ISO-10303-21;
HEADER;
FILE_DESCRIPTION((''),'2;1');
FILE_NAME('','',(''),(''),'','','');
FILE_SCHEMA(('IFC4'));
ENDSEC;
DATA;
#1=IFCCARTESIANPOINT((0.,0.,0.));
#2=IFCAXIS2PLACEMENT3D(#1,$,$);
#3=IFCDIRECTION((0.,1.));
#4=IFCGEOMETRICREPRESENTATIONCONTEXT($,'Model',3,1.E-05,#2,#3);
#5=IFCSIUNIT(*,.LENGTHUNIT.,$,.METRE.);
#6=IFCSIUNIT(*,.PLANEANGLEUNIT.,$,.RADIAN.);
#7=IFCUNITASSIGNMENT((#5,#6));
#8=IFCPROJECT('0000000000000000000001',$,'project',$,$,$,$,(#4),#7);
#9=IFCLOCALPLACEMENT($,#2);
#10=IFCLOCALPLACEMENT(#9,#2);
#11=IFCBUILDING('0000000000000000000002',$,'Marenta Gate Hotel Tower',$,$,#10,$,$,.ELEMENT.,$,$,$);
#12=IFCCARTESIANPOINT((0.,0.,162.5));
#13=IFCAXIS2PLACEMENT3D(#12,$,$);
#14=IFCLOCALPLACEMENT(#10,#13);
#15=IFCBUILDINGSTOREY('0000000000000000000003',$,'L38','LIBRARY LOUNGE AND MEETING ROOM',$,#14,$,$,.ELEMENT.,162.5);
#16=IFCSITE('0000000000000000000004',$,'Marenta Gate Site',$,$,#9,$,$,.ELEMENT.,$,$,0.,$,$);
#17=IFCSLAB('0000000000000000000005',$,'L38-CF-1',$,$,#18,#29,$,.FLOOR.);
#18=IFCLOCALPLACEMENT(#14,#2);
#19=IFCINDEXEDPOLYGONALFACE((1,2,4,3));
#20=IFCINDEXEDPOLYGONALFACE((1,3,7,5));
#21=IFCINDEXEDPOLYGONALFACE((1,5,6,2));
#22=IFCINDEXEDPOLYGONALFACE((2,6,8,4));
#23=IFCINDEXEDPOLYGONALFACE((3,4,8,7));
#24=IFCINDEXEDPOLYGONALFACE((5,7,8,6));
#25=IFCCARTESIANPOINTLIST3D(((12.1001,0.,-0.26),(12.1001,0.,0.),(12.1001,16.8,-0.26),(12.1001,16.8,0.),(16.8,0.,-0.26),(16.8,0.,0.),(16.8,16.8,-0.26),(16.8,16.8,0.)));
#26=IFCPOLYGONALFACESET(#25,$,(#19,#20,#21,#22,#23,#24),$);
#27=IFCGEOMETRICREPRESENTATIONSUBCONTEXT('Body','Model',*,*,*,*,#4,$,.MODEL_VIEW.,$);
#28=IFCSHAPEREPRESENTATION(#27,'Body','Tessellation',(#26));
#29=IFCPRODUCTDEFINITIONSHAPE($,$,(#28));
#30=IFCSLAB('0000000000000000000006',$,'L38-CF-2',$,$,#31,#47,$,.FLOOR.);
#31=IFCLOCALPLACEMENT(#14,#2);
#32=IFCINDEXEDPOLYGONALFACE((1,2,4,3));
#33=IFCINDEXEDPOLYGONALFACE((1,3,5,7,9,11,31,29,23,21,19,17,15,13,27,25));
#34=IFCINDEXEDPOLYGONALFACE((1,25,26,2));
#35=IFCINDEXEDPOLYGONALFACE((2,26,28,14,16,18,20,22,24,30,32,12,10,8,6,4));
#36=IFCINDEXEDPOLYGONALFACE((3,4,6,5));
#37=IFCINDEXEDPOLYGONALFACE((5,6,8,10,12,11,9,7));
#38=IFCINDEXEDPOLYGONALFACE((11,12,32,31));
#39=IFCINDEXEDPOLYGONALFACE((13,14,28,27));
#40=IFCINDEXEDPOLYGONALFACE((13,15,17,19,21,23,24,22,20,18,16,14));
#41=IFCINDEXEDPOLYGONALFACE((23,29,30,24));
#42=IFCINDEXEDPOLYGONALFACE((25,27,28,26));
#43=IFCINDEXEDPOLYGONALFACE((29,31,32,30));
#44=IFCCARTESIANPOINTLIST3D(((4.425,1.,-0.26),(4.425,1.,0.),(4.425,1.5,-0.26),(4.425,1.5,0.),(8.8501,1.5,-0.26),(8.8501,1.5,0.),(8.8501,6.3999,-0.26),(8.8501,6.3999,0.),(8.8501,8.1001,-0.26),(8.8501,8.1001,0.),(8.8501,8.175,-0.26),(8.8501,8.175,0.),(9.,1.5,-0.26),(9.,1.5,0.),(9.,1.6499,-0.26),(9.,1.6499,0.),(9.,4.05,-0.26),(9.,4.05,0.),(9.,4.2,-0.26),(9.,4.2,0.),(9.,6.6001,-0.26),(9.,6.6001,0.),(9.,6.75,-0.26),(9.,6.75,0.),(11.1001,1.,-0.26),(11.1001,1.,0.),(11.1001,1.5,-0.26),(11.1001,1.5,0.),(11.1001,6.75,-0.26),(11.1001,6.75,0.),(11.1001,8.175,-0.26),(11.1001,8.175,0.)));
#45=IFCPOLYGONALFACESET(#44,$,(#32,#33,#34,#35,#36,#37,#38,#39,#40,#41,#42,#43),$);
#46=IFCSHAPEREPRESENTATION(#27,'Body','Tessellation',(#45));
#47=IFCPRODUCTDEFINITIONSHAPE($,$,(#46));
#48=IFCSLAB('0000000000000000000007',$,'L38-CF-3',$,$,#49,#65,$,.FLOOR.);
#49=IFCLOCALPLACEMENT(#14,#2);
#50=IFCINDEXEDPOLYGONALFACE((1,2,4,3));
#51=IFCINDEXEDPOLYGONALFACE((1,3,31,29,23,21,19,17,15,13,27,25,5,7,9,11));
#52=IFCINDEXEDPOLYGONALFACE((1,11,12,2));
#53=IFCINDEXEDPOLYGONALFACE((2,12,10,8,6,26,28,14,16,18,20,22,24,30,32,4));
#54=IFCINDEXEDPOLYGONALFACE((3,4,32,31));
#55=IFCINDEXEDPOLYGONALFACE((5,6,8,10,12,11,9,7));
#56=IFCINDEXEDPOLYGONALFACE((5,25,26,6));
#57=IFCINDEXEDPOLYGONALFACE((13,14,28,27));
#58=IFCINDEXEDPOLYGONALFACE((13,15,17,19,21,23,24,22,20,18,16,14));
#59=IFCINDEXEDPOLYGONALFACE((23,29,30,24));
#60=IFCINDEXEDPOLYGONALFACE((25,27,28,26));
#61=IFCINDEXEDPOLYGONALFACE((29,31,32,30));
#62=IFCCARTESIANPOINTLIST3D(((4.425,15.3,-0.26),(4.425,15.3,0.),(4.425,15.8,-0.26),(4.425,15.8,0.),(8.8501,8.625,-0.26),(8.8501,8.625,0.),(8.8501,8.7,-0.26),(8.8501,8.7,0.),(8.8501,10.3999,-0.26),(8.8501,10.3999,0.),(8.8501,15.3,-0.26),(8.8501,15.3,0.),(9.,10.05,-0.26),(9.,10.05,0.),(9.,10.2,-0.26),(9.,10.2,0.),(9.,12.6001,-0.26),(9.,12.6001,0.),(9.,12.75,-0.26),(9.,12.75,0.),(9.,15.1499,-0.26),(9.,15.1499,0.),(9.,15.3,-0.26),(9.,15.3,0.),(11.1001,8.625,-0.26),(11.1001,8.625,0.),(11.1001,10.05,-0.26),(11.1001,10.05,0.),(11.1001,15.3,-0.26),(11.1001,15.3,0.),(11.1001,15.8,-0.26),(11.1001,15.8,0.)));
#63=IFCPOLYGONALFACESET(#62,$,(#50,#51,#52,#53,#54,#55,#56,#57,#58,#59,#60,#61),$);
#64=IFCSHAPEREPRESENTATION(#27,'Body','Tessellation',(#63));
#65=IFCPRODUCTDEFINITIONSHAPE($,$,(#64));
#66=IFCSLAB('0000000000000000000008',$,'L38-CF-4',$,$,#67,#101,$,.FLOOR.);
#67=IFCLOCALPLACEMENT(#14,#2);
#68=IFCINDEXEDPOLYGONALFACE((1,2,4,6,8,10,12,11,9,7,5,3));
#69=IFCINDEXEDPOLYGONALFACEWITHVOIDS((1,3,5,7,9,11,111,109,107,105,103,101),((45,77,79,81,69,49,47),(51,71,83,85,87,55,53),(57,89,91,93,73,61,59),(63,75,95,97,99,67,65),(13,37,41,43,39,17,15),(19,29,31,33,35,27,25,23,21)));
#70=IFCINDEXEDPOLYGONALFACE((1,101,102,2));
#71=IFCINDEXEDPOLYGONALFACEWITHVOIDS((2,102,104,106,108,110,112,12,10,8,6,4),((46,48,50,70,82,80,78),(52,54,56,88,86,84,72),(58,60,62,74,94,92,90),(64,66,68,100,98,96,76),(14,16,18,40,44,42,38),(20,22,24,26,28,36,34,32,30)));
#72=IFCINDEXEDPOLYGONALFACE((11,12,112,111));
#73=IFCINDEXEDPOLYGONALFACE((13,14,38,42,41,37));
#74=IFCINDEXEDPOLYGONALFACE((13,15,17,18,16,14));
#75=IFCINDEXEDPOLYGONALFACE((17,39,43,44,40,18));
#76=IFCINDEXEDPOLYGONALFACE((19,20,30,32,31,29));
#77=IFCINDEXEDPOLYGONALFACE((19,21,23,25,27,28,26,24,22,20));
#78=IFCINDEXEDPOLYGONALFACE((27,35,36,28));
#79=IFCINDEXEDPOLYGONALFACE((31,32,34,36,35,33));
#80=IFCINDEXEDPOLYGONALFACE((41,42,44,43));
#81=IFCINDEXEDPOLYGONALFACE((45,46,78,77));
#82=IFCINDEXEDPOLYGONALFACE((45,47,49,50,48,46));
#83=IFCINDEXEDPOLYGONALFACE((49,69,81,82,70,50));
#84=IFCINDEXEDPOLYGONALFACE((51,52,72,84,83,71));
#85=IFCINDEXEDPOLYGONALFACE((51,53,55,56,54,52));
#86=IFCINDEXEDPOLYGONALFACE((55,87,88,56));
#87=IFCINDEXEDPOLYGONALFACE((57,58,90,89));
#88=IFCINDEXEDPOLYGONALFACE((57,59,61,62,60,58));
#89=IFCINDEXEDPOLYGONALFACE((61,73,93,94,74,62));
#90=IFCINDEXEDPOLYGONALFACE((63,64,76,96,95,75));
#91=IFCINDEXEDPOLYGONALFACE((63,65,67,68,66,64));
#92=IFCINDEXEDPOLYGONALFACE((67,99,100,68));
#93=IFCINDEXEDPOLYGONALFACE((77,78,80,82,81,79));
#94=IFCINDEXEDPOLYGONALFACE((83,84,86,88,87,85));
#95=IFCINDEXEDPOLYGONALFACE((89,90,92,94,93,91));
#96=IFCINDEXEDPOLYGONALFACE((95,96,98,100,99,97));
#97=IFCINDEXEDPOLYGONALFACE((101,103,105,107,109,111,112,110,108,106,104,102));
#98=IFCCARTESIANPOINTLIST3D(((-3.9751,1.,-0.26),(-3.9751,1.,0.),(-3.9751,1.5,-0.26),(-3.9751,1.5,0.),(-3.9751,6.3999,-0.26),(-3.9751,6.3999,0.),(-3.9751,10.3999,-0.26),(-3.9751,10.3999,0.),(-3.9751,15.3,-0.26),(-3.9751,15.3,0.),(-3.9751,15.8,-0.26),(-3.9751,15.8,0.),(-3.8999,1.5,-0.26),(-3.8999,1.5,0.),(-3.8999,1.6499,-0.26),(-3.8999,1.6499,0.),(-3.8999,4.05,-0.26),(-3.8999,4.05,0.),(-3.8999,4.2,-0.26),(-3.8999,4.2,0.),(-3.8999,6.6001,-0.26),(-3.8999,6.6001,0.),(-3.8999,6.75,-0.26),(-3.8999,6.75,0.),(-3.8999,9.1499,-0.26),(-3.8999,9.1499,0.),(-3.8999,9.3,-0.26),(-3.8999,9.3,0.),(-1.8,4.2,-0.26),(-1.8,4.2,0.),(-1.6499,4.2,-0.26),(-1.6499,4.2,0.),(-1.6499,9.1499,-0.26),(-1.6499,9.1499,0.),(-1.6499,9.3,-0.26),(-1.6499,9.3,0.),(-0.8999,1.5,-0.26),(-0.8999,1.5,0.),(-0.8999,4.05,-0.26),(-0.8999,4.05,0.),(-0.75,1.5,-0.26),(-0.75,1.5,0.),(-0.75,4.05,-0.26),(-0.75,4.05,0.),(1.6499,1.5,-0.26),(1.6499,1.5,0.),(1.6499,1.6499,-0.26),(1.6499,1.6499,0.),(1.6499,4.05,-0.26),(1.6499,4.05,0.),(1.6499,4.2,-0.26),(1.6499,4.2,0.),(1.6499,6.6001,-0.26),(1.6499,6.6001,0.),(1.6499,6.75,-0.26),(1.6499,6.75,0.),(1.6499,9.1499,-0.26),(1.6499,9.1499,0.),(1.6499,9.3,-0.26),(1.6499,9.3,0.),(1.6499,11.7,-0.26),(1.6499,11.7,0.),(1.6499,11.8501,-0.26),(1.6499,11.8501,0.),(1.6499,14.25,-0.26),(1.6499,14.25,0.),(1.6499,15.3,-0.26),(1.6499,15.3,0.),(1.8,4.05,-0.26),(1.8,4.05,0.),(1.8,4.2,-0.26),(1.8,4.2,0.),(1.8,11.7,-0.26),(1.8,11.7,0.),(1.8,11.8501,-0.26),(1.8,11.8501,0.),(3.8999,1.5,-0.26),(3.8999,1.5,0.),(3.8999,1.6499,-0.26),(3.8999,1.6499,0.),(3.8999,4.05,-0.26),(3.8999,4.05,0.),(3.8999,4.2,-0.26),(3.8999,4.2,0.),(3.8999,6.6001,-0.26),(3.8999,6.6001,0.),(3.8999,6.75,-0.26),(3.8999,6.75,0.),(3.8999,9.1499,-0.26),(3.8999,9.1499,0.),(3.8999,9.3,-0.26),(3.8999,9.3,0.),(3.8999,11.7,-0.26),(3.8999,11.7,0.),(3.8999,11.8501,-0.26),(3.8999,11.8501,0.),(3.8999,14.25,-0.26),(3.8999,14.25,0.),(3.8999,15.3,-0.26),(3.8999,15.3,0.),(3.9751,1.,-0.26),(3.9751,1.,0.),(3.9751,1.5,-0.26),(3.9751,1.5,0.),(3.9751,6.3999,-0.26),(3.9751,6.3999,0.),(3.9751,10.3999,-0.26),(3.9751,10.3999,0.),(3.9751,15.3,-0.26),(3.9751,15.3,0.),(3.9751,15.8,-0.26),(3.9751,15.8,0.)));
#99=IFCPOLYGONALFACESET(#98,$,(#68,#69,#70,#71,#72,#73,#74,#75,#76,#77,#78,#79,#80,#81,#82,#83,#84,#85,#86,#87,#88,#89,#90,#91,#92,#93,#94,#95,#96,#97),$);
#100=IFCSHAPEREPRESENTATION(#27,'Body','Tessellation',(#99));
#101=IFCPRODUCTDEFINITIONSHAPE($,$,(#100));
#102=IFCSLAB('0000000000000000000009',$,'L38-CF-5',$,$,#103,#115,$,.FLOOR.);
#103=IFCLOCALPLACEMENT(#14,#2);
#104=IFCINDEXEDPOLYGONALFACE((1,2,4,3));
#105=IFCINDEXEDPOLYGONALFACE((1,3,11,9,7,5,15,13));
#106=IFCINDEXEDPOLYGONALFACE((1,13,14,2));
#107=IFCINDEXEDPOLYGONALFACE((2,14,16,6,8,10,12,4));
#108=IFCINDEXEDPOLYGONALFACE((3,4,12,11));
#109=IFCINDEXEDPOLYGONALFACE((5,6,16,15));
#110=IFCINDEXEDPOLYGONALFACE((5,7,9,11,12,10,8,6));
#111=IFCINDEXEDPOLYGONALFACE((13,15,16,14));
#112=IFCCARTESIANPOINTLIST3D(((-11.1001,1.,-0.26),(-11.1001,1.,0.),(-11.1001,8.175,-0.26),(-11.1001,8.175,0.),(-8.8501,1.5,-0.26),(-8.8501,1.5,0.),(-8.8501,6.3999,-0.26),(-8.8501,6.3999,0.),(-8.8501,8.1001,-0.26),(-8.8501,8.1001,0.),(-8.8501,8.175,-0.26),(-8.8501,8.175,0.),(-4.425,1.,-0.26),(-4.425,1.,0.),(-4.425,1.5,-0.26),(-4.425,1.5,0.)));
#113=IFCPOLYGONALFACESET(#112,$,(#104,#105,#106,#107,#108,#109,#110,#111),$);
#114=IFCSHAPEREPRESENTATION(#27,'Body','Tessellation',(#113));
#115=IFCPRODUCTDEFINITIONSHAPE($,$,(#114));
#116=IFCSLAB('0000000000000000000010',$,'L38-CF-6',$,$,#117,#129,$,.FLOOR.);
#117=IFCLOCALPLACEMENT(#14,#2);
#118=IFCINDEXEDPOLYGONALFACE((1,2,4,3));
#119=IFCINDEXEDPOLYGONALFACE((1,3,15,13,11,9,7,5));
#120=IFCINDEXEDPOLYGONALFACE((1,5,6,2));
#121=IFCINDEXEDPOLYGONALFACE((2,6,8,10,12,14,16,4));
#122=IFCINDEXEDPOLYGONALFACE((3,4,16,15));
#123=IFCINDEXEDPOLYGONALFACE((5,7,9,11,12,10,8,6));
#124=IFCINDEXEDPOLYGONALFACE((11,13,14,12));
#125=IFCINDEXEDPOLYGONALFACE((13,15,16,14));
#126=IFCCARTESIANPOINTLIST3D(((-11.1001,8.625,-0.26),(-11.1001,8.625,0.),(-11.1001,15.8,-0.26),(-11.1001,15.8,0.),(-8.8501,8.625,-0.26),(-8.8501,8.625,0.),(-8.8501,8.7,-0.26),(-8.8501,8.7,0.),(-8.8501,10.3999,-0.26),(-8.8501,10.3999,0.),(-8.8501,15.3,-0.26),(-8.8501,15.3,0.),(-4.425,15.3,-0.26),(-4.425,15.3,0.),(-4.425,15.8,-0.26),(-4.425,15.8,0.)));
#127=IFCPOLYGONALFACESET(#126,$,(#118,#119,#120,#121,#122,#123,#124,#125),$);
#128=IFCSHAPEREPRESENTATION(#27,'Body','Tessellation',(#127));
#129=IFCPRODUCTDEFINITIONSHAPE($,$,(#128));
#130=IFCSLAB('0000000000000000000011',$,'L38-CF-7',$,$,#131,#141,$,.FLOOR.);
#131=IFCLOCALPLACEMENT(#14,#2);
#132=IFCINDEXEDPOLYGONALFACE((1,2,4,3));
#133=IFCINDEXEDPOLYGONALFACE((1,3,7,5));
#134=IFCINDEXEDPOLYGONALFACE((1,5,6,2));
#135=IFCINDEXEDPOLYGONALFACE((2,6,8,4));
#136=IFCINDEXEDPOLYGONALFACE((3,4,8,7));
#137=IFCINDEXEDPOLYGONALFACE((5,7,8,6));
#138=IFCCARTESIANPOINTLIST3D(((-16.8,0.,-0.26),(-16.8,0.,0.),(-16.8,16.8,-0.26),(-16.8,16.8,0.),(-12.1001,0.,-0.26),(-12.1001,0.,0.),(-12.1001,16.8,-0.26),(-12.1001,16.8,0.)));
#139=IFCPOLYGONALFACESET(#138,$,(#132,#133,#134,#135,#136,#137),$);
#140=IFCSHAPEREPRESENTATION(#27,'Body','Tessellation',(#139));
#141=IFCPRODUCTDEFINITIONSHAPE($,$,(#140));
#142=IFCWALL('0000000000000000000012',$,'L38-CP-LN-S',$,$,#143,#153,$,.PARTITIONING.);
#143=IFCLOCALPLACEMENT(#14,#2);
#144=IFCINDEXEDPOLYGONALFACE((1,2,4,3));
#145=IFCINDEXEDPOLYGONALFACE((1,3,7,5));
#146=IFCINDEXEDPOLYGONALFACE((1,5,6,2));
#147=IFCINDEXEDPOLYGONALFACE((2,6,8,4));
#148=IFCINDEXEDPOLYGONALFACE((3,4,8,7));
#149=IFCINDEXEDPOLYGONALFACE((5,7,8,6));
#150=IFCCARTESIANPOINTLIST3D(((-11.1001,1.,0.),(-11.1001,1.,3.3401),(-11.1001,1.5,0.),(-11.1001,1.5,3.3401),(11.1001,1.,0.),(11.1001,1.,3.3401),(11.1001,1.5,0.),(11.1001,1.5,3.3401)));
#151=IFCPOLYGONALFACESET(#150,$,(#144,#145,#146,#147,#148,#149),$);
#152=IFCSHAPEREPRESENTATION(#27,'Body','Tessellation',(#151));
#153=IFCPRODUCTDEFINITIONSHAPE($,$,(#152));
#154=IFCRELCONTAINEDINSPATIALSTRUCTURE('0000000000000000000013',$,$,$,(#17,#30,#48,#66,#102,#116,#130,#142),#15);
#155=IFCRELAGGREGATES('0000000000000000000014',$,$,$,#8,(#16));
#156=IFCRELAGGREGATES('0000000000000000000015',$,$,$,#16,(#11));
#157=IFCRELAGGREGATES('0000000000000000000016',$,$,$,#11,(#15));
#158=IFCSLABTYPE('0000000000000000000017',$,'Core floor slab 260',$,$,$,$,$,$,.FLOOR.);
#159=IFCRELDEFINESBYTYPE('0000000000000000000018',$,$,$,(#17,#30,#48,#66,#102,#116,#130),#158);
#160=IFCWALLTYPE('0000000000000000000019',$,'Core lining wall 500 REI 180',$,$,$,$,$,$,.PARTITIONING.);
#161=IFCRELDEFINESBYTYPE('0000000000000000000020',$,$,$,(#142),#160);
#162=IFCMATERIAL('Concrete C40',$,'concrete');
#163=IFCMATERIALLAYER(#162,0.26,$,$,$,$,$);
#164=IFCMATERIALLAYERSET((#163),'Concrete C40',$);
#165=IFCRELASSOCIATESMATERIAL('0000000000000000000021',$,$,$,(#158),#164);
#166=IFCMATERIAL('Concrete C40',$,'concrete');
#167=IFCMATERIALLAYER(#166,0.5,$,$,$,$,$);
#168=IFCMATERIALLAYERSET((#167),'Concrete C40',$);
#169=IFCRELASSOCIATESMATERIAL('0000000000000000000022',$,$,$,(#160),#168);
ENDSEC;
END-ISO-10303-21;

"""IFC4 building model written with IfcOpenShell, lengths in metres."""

from ifc_helpers import new_model, si_unit, direction, frame, frame_2d, origin, place, context, subcontext, project, spatial, polyline, rectangle, outline, extrude, material, layer, layer_set, type_object, element, save


model = new_model("IFC4")

# Units and contexts
model_context = context("Model", 3, precision=1e-05, world=origin(), true_north=direction((0.0, 1.0)))
body_context = subcontext(model_context, "Body", "Model", "MODEL_VIEW")
ifc_project = project(units=[si_unit("LENGTHUNIT", "METRE"), si_unit("PLANEANGLEUNIT", "RADIAN")], contexts=[model_context])

# Site, building, storey
site_placement = place(None, origin())
site = spatial("IfcSite", under=ifc_project, at=site_placement, Name="Marenta Gate Site", CompositionType="ELEMENT", RefElevation=0.0)
building_placement = place(site_placement, origin())
building = spatial("IfcBuilding", under=site, at=building_placement, Name="Marenta Gate Hotel Tower", CompositionType="ELEMENT")
storey_placement = place(building_placement, frame((0.0, 0.0, 162.5)))
storey = spatial("IfcBuildingStorey", under=building, at=storey_placement, Name="L38", Description="LIBRARY LOUNGE AND MEETING ROOM", CompositionType="ELEMENT", Elevation=162.5)

# Slabs
ifc_material_1 = material(Name="Concrete C40", Category="concrete")
ifc_layer_1 = layer(ifc_material_1, 0.26)
ifc_layer_set_1 = layer_set([ifc_layer_1], Name="Concrete C40")
slab_type = type_object("IfcSlabType", Name="Core floor slab 260", PredefinedType="FLOOR", material=ifc_layer_set_1)
slab_1_placement = place(storey_placement, frame((0.0, 0.0, -0.26)))
element("IfcSlab", 1, at=slab_1_placement, inside=storey, type_object=slab_type, Name="L38-CF-1", PredefinedType="FLOOR", context=body_context, shape_type="SweptSolid", body=[
    extrude(outline(polyline([(12.1001, 0.0), (12.1001, 16.8), (16.8, 16.8), (16.8, 0.0), (12.1001, 0.0)])), origin(), (0.0, 0.0, 1.0), 0.26),
])
slab_2_placement = place(storey_placement, frame((0.0, 0.0, -0.26)))
element("IfcSlab", 2, at=slab_2_placement, inside=storey, type_object=slab_type, Name="L38-CF-2", PredefinedType="FLOOR", context=body_context, shape_type="SweptSolid", body=[
    extrude(outline(polyline([(8.8501, 1.5), (8.8501, 6.3999), (8.8501, 8.1001), (8.8501, 8.175), (11.1001, 8.175), (11.1001, 6.75), (9.0, 6.75), (9.0, 6.6001), (9.0, 4.2), (9.0, 4.05), (9.0, 1.6499), (9.0, 1.5), (11.1001, 1.5), (11.1001, 1.0), (4.425, 1.0), (4.425, 1.5), (8.8501, 1.5)])), origin(), (0.0, 0.0, 1.0), 0.26),
])
slab_3_placement = place(storey_placement, frame((0.0, 0.0, -0.26)))
element("IfcSlab", 3, at=slab_3_placement, inside=storey, type_object=slab_type, Name="L38-CF-3", PredefinedType="FLOOR", context=body_context, shape_type="SweptSolid", body=[
    extrude(outline(polyline([(8.8501, 15.3), (4.425, 15.3), (4.425, 15.8), (11.1001, 15.8), (11.1001, 15.3), (9.0, 15.3), (9.0, 15.1499), (9.0, 12.75), (9.0, 12.6001), (9.0, 10.2), (9.0, 10.05), (11.1001, 10.05), (11.1001, 8.625), (8.8501, 8.625), (8.8501, 8.7), (8.8501, 10.3999), (8.8501, 15.3)])), origin(), (0.0, 0.0, 1.0), 0.26),
])
slab_4_placement = place(storey_placement, frame((0.0, 0.0, -0.26)))
element("IfcSlab", 4, at=slab_4_placement, inside=storey, type_object=slab_type, Name="L38-CF-4", PredefinedType="FLOOR", context=body_context, shape_type="SweptSolid", body=[
    extrude(outline(polyline([(3.9751, 15.3), (3.9751, 10.3999), (3.9751, 6.3999), (3.9751, 1.5), (3.9751, 1.0), (-3.9751, 1.0), (-3.9751, 1.5), (-3.9751, 6.3999), (-3.9751, 10.3999), (-3.9751, 15.3), (-3.9751, 15.8), (3.9751, 15.8), (3.9751, 15.3)]), holes=[polyline([(1.6499, 1.5), (3.8999, 1.5), (3.8999, 1.6499), (3.8999, 4.05), (1.8, 4.05), (1.6499, 4.05), (1.6499, 1.6499), (1.6499, 1.5)]), polyline([(1.6499, 6.6001), (1.6499, 4.2), (1.8, 4.2), (3.8999, 4.2), (3.8999, 6.6001), (3.8999, 6.75), (1.6499, 6.75), (1.6499, 6.6001)]), polyline([(1.6499, 9.1499), (3.8999, 9.1499), (3.8999, 9.3), (3.8999, 11.7), (1.8, 11.7), (1.6499, 11.7), (1.6499, 9.3), (1.6499, 9.1499)]), polyline([(1.6499, 15.3), (1.6499, 14.25), (1.6499, 11.8501), (1.8, 11.8501), (3.8999, 11.8501), (3.8999, 14.25), (3.8999, 15.3), (1.6499, 15.3)]), polyline([(-3.8999, 4.05), (-3.8999, 1.6499), (-3.8999, 1.5), (-0.8999, 1.5), (-0.75, 1.5), (-0.75, 4.05), (-0.8999, 4.05), (-3.8999, 4.05)]), polyline([(-1.8, 4.2), (-1.6499, 4.2), (-1.6499, 9.1499), (-1.6499, 9.3), (-3.8999, 9.3), (-3.8999, 9.1499), (-3.8999, 6.75), (-3.8999, 6.6001), (-3.8999, 4.2), (-1.8, 4.2)])]), origin(), (0.0, 0.0, 1.0), 0.26),
])
slab_5_placement = place(storey_placement, frame((0.0, 0.0, -0.26)))
element("IfcSlab", 5, at=slab_5_placement, inside=storey, type_object=slab_type, Name="L38-CF-5", PredefinedType="FLOOR", context=body_context, shape_type="SweptSolid", body=[
    extrude(outline(polyline([(-8.8501, 8.175), (-8.8501, 8.1001), (-8.8501, 6.3999), (-8.8501, 1.5), (-4.425, 1.5), (-4.425, 1.0), (-11.1001, 1.0), (-11.1001, 8.175), (-8.8501, 8.175)])), origin(), (0.0, 0.0, 1.0), 0.26),
])
slab_6_placement = place(storey_placement, frame((0.0, 0.0, -0.26)))
element("IfcSlab", 6, at=slab_6_placement, inside=storey, type_object=slab_type, Name="L38-CF-6", PredefinedType="FLOOR", context=body_context, shape_type="SweptSolid", body=[
    extrude(outline(polyline([(-4.425, 15.3), (-8.8501, 15.3), (-8.8501, 10.3999), (-8.8501, 8.7), (-8.8501, 8.625), (-11.1001, 8.625), (-11.1001, 15.8), (-4.425, 15.8), (-4.425, 15.3)])), origin(), (0.0, 0.0, 1.0), 0.26),
])
slab_7_placement = place(storey_placement, frame((0.0, 0.0, -0.26)))
element("IfcSlab", 7, at=slab_7_placement, inside=storey, type_object=slab_type, Name="L38-CF-7", PredefinedType="FLOOR", context=body_context, shape_type="SweptSolid", body=[
    extrude(outline(polyline([(-12.1001, 16.8), (-12.1001, 0.0), (-16.8, 0.0), (-16.8, 16.8), (-12.1001, 16.8)])), origin(), (0.0, 0.0, 1.0), 0.26),
])

# Wall
ifc_material_2 = material(Name="Concrete C40", Category="concrete")
ifc_layer_2 = layer(ifc_material_2, 0.5)
ifc_layer_set_2 = layer_set([ifc_layer_2], Name="Concrete C40")
wall_type_1 = type_object("IfcWallType", Name="Core lining wall 500 REI 180", PredefinedType="PARTITIONING", material=ifc_layer_set_2)
wall_1_placement = place(storey_placement, frame((-11.1001, 1.25, 0.0), z_axis=(0.0, 0.0, 1.0), x_axis=(1.0, 0.0, 0.0)))
element("IfcWall", 8, at=wall_1_placement, inside=storey, type_object=wall_type_1, Name="L38-CP-LN-S", PredefinedType="PARTITIONING", context=body_context, shape_type="SweptSolid", body=[
    extrude(rectangle(XDim=22.2002, YDim=0.5, at=frame_2d((11.1001, 0.0))), origin(), (0.0, 0.0, 1.0), 3.3401),
])

save(model, "model.ifc")
